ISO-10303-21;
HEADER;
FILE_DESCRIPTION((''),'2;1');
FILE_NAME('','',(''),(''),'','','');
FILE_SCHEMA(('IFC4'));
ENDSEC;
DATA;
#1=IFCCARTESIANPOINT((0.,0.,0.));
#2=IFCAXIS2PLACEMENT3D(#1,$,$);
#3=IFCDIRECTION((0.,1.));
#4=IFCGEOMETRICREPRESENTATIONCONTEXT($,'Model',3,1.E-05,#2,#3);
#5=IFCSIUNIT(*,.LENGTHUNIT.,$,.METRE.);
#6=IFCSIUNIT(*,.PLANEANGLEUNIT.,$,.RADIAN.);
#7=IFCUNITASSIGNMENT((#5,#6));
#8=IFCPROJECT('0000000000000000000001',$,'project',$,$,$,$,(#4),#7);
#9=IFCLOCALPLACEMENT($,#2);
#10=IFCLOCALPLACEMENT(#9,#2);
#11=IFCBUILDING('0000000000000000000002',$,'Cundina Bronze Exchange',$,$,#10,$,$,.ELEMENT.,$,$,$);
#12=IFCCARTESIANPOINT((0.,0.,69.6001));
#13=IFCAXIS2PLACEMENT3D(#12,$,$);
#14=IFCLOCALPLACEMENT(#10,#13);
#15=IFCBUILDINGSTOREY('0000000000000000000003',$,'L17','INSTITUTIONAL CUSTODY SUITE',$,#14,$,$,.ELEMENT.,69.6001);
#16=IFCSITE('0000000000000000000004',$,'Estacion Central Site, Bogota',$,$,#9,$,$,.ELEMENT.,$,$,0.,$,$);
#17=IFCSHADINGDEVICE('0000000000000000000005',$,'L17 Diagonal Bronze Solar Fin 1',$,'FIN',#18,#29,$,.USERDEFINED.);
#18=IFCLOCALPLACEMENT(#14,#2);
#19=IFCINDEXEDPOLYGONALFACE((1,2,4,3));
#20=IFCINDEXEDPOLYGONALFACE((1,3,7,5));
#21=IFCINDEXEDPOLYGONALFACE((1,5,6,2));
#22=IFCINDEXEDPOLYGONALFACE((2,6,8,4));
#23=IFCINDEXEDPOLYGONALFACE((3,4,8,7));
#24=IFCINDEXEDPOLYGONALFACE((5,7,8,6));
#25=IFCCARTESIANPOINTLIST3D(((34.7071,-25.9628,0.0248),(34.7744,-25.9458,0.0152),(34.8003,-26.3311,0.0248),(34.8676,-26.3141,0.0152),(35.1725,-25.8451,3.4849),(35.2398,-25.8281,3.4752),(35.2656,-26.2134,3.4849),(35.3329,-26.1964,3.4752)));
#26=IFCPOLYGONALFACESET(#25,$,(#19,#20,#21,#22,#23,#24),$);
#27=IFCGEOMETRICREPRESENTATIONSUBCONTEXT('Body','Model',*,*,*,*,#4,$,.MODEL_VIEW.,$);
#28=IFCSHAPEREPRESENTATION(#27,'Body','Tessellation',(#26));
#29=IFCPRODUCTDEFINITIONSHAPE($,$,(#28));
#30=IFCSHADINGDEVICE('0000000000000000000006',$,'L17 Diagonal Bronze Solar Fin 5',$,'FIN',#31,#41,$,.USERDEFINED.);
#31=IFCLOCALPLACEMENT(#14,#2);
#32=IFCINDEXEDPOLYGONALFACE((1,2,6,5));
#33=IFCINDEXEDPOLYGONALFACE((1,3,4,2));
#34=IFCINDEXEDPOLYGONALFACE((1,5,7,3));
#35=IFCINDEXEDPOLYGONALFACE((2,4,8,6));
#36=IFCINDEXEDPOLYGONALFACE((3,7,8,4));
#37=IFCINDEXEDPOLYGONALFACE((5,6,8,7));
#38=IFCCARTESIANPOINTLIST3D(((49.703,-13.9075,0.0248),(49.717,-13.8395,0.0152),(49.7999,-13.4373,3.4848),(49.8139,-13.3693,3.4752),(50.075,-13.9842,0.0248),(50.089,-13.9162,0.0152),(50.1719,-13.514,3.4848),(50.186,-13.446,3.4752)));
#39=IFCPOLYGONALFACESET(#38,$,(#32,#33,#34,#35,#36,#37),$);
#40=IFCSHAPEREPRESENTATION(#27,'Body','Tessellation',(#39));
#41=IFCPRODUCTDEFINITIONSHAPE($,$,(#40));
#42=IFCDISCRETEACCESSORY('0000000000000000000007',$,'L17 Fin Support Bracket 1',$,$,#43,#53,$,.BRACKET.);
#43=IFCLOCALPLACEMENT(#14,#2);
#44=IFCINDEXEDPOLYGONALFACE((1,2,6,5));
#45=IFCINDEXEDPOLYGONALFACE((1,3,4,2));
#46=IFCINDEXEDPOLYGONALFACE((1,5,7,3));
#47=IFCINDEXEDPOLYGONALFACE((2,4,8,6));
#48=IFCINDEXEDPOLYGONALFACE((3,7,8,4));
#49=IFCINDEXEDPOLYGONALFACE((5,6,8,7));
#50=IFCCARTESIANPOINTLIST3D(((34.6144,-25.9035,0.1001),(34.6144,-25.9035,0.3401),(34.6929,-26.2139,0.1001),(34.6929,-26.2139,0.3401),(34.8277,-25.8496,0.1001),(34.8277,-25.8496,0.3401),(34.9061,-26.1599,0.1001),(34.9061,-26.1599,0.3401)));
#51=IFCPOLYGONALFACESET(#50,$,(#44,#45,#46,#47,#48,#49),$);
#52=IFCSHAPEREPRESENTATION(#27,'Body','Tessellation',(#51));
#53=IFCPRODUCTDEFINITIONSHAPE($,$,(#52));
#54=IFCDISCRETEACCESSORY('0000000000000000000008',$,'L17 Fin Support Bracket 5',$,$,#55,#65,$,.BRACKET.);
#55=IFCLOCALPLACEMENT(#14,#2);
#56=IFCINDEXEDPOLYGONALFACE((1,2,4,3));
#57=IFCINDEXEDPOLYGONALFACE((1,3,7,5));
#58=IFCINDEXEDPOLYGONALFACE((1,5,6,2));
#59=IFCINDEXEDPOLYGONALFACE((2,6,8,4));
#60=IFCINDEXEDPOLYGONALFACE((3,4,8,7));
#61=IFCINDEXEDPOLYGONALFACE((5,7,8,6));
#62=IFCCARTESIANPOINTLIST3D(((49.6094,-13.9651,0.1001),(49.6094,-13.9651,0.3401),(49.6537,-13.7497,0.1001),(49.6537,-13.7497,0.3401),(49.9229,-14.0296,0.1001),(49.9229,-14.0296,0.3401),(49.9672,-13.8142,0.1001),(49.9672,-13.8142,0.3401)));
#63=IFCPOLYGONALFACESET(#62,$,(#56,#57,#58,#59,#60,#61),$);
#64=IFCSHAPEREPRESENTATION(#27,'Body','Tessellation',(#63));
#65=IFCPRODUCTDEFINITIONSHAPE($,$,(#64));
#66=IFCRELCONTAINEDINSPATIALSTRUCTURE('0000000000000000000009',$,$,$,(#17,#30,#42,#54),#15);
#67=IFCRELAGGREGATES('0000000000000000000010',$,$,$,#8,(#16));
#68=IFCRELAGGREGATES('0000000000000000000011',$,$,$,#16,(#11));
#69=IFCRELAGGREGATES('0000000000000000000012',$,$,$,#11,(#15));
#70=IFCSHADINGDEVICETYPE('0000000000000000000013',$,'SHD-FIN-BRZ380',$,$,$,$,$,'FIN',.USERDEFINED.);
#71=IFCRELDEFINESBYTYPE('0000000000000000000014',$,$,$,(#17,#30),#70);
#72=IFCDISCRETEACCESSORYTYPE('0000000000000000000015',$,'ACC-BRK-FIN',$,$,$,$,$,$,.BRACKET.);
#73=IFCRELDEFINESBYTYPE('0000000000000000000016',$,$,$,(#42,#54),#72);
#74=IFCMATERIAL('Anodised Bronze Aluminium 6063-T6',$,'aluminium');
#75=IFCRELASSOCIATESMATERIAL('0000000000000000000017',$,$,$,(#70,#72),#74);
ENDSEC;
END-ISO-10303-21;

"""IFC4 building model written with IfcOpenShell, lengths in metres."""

from ifc_helpers import new_model, si_unit, direction, frame, origin, origin_2d, place, context, subcontext, project, spatial, rectangle, extrude, material, material_profile, profile_set, type_object, element, save


model = new_model("IFC4")

# Units and contexts
model_context = context("Model", 3, precision=1e-05, world=origin(), true_north=direction((0.0, 1.0)))
body_context = subcontext(model_context, "Body", "Model", "MODEL_VIEW")
ifc_project = project(units=[si_unit("LENGTHUNIT", "METRE"), si_unit("PLANEANGLEUNIT", "RADIAN")], contexts=[model_context])

# Site, building, storey
site_placement = place(None, origin())
site = spatial("IfcSite", under=ifc_project, at=site_placement, Name="Estacion Central Site, Bogota", CompositionType="ELEMENT", RefElevation=0.0)
building_placement = place(site_placement, origin())
building = spatial("IfcBuilding", under=site, at=building_placement, Name="Cundina Bronze Exchange", CompositionType="ELEMENT")
storey_placement = place(building_placement, frame((0.0, 0.0, 69.6001)))
storey = spatial("IfcBuildingStorey", under=building, at=storey_placement, Name="L17", Description="INSTITUTIONAL CUSTODY SUITE", CompositionType="ELEMENT", Elevation=69.6001)

# Shared definitions
ifc_material_1 = material(Name="Anodised Bronze Aluminium 6063-T6", Category="aluminium")

# Shading devices
ifc_material_profile_1 = material_profile(ifc_material_1, rectangle(XDim=0.0701, YDim=0.3799, at=origin_2d()), Name="FIN70X380", Category="aluminium")
ifc_profile_set_1 = profile_set([ifc_material_profile_1], Name="Anodised Bronze Aluminium 6063-T6")
shading_device_type = type_object("IfcShadingDeviceType", Name="SHD-FIN-BRZ380", ElementType="FIN", PredefinedType="USERDEFINED", material=ifc_profile_set_1)
for number, where, z_axis, x_axis, name in (
    (1, (34.7874, -26.1384, 0.02), (0.133215, 0.033688, 0.990514), (-0.960285, -0.242842, 0.137408), "L17 Diagonal Bronze Solar Fin 1"),
    (2, (49.896, -13.9119, 0.02), (0.027747, 0.134612, 0.99051), (-0.199967, -0.970115, 0.137442), "L17 Diagonal Bronze Solar Fin 5"),
):
    element("IfcShadingDevice", number, at=place(storey_placement, frame(where, z_axis=z_axis, x_axis=x_axis)), inside=storey, type_object=shading_device_type, Name=name, ObjectType="FIN", PredefinedType="USERDEFINED", context=body_context, shape_type="SweptSolid", body=[
        extrude(rectangle(XDim=0.0701, YDim=0.3799, at=origin_2d()), origin(), (0.0, 0.0, 1.0), 3.4932),
    ])

# Discrete accessories
discrete_accessory_type = type_object("IfcDiscreteAccessoryType", Name="ACC-BRK-FIN", PredefinedType="BRACKET", material=ifc_material_1)
for number, where, z_axis, x_axis, name in (
    (3, (34.7603, -26.0317, 0.1001), (0.0, 0.0, 1.0), (0.969488, 0.245138, 0.0), "L17 Fin Support Bracket 1"),
    (4, (49.7883, -13.8896, 0.1001), (0.0, 0.0, 1.0), (0.20142, 0.979505, 0.0), "L17 Fin Support Bracket 5"),
):
    element("IfcDiscreteAccessory", number, at=place(storey_placement, frame(where, z_axis=z_axis, x_axis=x_axis)), inside=storey, type_object=discrete_accessory_type, Name=name, PredefinedType="BRACKET", context=body_context, shape_type="SweptSolid", body=[
        extrude(rectangle(XDim=0.22, YDim=0.3201, at=origin_2d()), origin(), (0.0, 0.0, 1.0), 0.24),
    ])

save(model, "model.ifc")
